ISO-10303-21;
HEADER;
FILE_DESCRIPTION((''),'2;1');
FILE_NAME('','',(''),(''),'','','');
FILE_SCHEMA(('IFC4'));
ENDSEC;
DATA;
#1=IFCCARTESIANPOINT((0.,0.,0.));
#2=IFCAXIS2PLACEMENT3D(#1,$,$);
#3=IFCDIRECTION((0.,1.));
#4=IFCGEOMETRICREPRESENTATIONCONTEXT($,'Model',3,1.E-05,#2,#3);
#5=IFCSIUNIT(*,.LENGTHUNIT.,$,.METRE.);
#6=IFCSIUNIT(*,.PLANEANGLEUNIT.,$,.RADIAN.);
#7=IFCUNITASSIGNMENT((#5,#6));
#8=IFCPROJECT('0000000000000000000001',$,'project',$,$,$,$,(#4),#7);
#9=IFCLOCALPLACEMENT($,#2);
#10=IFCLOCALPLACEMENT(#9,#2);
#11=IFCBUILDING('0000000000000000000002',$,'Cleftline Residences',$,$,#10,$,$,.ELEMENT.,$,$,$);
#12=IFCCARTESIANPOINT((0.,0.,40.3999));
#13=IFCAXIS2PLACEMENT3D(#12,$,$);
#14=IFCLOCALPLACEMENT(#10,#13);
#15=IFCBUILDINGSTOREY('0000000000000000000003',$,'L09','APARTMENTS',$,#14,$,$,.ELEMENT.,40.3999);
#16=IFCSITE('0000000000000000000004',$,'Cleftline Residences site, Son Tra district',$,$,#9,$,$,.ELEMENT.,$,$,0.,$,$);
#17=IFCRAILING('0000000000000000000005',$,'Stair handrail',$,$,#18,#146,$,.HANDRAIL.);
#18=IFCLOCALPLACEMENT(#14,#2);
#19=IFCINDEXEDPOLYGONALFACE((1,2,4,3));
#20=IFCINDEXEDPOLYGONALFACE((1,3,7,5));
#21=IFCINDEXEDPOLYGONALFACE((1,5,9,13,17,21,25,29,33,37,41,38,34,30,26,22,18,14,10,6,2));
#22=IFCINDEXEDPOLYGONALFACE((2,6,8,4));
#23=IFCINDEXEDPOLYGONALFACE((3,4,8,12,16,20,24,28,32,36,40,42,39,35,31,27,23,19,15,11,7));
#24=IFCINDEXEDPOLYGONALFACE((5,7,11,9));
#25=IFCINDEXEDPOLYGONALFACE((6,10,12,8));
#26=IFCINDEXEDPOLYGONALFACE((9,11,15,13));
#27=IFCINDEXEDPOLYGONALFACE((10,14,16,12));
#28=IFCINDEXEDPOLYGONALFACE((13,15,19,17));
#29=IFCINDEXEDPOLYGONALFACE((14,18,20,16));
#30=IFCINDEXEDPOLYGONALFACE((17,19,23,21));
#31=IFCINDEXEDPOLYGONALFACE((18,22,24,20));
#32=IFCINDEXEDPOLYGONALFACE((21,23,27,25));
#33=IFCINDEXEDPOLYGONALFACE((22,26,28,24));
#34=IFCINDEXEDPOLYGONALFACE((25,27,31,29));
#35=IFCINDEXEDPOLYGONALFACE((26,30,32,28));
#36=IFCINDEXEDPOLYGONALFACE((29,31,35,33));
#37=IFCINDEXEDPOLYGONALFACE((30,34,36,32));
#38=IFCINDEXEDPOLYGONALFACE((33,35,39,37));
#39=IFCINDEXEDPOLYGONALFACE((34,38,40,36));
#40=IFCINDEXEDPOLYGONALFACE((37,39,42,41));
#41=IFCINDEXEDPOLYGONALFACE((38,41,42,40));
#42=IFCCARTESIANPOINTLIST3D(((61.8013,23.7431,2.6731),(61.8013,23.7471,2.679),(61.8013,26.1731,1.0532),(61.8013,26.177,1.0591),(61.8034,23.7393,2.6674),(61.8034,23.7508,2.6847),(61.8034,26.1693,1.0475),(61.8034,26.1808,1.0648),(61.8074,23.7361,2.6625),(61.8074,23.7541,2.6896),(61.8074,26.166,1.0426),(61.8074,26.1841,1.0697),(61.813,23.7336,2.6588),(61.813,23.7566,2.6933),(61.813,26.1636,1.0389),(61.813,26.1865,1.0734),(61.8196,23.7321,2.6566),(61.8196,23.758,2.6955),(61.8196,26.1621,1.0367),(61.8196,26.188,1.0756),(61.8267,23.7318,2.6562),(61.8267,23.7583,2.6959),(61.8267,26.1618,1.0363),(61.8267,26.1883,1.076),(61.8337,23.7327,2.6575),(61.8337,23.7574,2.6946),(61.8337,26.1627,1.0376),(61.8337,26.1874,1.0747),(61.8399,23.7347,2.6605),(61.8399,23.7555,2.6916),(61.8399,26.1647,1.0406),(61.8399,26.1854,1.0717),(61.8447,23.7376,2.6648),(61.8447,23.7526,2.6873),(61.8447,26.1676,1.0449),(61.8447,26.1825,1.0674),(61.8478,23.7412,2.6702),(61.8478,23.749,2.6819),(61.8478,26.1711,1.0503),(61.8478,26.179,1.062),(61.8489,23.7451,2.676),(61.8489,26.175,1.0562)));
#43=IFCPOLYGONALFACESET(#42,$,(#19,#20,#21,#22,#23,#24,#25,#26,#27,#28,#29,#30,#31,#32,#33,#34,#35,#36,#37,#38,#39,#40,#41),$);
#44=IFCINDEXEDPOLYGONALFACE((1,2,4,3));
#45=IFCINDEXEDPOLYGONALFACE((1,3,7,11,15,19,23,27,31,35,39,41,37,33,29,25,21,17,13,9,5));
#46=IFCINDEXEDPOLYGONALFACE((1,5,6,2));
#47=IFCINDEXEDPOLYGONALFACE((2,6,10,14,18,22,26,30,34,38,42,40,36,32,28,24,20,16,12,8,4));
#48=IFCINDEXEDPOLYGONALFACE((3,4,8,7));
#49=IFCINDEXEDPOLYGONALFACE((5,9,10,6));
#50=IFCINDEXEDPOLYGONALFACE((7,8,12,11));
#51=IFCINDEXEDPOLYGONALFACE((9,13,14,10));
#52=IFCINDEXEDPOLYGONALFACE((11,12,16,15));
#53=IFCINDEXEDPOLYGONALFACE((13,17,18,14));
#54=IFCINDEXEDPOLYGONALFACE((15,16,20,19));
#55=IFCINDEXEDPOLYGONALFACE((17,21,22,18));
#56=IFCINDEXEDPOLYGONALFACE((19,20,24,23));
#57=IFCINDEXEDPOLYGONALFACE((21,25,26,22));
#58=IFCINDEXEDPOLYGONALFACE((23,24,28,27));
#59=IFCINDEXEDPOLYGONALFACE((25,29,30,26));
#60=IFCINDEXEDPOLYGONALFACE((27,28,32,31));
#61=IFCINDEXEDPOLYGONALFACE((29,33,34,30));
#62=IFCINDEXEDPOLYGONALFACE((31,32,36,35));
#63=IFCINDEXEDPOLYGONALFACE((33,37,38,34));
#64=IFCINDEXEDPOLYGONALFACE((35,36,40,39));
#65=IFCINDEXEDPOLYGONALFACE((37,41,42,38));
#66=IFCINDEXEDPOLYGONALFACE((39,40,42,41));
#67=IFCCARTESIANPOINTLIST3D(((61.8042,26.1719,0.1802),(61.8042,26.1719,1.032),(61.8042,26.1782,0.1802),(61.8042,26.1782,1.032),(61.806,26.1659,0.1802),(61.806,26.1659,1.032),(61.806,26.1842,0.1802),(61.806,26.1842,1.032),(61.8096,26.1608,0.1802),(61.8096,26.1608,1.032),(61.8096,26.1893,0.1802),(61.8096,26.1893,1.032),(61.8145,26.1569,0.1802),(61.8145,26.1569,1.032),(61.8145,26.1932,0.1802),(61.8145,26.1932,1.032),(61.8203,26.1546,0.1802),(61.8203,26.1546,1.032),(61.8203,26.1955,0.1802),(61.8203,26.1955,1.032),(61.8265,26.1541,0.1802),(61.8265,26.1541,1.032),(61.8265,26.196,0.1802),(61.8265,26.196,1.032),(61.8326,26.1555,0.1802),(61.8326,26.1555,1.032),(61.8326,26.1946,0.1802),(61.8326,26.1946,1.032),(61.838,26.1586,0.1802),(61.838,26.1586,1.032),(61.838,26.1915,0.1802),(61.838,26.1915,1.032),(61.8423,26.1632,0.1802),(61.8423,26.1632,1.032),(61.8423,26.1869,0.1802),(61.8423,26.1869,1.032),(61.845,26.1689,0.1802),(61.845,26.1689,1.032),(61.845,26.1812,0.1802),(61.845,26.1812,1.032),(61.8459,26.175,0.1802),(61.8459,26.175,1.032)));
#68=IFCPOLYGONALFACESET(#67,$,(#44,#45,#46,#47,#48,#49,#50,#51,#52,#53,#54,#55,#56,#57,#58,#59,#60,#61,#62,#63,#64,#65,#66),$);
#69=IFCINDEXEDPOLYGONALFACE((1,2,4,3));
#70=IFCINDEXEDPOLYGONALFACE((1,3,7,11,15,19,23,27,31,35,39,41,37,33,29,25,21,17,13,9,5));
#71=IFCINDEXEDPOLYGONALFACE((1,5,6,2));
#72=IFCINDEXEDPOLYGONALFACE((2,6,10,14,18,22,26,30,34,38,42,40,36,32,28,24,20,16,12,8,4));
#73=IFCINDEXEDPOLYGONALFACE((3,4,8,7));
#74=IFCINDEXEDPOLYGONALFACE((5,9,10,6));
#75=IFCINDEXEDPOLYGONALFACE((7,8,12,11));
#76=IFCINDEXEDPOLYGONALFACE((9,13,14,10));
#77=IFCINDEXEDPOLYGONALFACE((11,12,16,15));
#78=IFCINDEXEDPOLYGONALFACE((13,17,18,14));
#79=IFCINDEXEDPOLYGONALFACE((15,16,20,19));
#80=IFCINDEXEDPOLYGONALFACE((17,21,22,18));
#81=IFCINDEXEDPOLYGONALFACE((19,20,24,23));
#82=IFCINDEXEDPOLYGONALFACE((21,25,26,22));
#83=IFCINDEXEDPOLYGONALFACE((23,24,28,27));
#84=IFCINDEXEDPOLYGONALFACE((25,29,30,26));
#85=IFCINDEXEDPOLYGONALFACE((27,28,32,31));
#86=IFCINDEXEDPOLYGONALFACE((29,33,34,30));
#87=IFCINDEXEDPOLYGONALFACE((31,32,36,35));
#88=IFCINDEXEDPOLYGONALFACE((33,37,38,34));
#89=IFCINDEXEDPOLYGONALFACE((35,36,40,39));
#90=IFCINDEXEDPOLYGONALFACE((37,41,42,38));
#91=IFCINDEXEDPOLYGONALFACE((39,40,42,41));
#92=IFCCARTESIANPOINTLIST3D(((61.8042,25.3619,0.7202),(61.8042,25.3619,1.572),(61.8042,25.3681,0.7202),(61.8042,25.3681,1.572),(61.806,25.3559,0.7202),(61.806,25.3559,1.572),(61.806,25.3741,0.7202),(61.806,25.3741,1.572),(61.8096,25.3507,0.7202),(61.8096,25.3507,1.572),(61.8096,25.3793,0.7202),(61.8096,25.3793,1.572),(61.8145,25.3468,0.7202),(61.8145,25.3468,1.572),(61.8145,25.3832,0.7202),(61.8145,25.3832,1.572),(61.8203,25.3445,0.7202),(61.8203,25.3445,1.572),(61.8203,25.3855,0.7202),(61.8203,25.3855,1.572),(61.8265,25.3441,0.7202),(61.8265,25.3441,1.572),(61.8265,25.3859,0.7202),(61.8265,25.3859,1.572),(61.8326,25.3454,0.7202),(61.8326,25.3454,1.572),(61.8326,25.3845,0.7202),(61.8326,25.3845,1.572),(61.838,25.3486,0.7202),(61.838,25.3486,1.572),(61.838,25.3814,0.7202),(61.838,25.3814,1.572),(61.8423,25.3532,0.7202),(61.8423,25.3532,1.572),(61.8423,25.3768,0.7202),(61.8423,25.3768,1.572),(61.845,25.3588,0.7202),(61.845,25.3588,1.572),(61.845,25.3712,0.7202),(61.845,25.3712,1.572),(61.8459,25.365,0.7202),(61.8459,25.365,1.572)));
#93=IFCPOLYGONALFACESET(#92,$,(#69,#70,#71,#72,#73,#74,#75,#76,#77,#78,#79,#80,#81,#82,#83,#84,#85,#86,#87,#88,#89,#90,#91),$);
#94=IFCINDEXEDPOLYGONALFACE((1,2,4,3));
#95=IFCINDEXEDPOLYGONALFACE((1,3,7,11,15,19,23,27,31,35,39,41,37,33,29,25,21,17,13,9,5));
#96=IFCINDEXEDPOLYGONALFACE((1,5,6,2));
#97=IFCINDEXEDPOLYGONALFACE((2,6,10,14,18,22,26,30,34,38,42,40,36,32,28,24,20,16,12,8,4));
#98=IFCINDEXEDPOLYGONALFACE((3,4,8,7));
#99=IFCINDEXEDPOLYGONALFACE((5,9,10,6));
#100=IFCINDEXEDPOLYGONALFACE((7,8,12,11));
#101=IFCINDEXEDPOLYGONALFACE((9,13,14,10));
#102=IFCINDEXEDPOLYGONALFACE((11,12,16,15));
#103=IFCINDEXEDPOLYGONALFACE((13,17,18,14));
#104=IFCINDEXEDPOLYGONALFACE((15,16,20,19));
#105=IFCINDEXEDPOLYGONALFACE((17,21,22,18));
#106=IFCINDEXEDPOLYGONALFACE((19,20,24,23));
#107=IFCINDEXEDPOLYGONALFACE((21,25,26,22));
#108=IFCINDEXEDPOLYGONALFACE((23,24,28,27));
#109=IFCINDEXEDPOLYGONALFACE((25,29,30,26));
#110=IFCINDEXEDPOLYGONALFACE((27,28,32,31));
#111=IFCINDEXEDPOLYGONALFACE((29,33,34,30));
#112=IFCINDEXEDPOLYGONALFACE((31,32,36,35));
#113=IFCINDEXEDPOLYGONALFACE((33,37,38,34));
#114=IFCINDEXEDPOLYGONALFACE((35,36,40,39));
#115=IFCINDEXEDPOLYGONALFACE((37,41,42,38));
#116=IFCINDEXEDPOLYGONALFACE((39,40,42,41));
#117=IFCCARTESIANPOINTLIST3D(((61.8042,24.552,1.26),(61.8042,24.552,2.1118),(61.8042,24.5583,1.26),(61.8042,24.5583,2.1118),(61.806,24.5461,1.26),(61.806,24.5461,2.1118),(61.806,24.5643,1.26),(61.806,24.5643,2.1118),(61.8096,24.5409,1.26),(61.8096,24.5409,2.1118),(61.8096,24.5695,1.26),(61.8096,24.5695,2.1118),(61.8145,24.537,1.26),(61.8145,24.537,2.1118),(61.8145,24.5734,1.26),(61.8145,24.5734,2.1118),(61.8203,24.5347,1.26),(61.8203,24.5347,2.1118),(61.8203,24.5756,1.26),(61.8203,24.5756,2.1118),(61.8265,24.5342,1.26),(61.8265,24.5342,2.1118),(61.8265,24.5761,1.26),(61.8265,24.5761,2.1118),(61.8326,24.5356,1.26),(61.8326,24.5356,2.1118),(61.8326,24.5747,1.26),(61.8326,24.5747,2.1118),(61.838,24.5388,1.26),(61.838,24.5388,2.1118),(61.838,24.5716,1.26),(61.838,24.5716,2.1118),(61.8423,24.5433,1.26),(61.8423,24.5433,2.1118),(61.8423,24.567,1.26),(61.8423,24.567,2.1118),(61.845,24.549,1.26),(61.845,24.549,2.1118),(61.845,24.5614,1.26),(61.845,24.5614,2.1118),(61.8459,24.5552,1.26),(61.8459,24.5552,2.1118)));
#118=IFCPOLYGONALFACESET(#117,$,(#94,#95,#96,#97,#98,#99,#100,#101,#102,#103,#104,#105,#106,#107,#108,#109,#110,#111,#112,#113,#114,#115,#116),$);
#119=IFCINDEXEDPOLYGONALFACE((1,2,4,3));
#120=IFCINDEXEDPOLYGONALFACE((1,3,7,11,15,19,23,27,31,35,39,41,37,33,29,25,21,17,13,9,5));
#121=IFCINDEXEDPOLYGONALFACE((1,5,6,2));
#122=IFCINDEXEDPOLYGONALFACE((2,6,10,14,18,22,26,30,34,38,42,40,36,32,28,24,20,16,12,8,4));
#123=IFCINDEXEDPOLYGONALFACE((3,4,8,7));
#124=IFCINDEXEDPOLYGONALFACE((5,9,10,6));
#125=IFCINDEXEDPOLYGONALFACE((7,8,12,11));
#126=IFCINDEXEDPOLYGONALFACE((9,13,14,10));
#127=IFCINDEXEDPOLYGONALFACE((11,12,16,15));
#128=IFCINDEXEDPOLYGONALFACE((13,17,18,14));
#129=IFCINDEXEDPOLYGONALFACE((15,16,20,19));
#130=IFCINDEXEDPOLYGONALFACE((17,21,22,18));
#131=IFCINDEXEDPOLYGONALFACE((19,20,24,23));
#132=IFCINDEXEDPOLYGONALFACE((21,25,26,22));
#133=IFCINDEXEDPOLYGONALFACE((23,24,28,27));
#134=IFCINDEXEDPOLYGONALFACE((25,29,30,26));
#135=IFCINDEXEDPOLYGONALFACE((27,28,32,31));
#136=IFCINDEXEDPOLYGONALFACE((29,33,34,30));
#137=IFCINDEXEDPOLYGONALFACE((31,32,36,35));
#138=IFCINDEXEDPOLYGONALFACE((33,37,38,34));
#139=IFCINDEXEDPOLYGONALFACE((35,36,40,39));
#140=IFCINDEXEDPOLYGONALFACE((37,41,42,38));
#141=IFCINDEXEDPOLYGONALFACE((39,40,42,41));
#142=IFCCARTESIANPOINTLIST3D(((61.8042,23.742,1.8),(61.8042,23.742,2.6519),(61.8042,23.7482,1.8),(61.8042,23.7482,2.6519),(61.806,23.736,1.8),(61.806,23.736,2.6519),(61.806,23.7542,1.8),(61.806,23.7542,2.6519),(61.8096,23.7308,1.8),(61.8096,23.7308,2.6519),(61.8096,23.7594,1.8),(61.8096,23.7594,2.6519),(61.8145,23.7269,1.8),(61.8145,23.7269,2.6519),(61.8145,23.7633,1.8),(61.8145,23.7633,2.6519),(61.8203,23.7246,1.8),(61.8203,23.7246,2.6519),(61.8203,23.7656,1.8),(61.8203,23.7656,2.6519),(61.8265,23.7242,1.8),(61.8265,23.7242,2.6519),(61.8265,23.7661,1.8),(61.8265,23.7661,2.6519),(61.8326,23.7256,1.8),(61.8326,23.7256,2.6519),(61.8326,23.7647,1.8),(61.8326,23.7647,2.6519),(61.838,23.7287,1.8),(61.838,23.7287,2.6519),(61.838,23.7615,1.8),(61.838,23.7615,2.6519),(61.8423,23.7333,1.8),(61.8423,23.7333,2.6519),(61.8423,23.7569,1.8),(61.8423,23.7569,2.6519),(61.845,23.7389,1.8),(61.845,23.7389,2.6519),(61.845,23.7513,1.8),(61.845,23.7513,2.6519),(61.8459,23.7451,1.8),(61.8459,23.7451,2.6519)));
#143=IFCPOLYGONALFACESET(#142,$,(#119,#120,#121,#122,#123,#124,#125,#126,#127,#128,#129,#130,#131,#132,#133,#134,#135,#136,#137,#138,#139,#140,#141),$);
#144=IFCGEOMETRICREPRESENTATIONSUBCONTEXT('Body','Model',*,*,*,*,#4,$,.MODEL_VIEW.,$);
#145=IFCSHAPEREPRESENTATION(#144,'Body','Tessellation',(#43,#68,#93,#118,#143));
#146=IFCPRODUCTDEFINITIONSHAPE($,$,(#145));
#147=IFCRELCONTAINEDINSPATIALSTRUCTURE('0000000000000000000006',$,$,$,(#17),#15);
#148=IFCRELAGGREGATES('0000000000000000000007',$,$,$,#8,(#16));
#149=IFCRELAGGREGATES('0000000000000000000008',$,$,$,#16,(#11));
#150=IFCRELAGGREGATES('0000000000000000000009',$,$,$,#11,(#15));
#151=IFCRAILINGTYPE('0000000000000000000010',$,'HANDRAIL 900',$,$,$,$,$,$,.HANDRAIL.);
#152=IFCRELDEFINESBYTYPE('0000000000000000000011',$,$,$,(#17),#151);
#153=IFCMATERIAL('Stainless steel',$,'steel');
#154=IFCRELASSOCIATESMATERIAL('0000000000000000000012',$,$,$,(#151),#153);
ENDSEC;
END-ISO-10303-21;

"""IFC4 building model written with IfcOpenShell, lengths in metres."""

from ifc_helpers import new_model, si_unit, direction, frame, origin, origin_2d, place, context, subcontext, project, spatial, circle, extrude, material, type_object, element, save


model = new_model("IFC4")

# Units and contexts
model_context = context("Model", 3, precision=1e-05, world=origin(), true_north=direction((0.0, 1.0)))
body_context = subcontext(model_context, "Body", "Model", "MODEL_VIEW")
ifc_project = project(units=[si_unit("LENGTHUNIT", "METRE"), si_unit("PLANEANGLEUNIT", "RADIAN")], contexts=[model_context])

# Site, building, storey
site_placement = place(None, origin())
site = spatial("IfcSite", under=ifc_project, at=site_placement, Name="Cleftline Residences site, Son Tra district", CompositionType="ELEMENT", RefElevation=0.0)
building_placement = place(site_placement, origin())
building = spatial("IfcBuilding", under=site, at=building_placement, Name="Cleftline Residences", CompositionType="ELEMENT")
storey_placement = place(building_placement, frame((0.0, 0.0, 40.3999)))
storey = spatial("IfcBuildingStorey", under=building, at=storey_placement, Name="L09", Description="APARTMENTS", CompositionType="ELEMENT", Elevation=40.3999)

# Railing
ifc_material_1 = material(Name="Stainless steel", Category="steel")
railing_type = type_object("IfcRailingType", Name="HANDRAIL 900", PredefinedType="HANDRAIL", material=ifc_material_1)
railing_placement = place(storey_placement, frame((61.825, 26.175, 0.1802)))
element("IfcRailing", 1, at=railing_placement, inside=storey, type_object=railing_type, Name="Stair handrail", PredefinedType="HANDRAIL", context=body_context, shape_type="SweptSolid", body=[
    extrude(circle(Radius=0.0239, at=origin_2d()), frame((0.0, 0.0, 0.876), z_axis=(0.0, -0.832063, 0.554681), x_axis=(1.0, 0.0, 0.0)), (0.0, 0.0, 1.0), 2.9204),
    extrude(circle(Radius=0.021, at=origin_2d()), origin(), (0.0, 0.0, 1.0), 0.8518),
    extrude(circle(Radius=0.021, at=origin_2d()), frame((0.0, -0.8101, 0.54)), (0.0, 0.0, 1.0), 0.8518),
    extrude(circle(Radius=0.021, at=origin_2d()), frame((0.0, -1.6199, 1.0798)), (0.0, 0.0, 1.0), 0.8518),
    extrude(circle(Radius=0.021, at=origin_2d()), frame((0.0, -2.4299, 1.6199)), (0.0, 0.0, 1.0), 0.8518),
])

save(model, "model.ifc")
